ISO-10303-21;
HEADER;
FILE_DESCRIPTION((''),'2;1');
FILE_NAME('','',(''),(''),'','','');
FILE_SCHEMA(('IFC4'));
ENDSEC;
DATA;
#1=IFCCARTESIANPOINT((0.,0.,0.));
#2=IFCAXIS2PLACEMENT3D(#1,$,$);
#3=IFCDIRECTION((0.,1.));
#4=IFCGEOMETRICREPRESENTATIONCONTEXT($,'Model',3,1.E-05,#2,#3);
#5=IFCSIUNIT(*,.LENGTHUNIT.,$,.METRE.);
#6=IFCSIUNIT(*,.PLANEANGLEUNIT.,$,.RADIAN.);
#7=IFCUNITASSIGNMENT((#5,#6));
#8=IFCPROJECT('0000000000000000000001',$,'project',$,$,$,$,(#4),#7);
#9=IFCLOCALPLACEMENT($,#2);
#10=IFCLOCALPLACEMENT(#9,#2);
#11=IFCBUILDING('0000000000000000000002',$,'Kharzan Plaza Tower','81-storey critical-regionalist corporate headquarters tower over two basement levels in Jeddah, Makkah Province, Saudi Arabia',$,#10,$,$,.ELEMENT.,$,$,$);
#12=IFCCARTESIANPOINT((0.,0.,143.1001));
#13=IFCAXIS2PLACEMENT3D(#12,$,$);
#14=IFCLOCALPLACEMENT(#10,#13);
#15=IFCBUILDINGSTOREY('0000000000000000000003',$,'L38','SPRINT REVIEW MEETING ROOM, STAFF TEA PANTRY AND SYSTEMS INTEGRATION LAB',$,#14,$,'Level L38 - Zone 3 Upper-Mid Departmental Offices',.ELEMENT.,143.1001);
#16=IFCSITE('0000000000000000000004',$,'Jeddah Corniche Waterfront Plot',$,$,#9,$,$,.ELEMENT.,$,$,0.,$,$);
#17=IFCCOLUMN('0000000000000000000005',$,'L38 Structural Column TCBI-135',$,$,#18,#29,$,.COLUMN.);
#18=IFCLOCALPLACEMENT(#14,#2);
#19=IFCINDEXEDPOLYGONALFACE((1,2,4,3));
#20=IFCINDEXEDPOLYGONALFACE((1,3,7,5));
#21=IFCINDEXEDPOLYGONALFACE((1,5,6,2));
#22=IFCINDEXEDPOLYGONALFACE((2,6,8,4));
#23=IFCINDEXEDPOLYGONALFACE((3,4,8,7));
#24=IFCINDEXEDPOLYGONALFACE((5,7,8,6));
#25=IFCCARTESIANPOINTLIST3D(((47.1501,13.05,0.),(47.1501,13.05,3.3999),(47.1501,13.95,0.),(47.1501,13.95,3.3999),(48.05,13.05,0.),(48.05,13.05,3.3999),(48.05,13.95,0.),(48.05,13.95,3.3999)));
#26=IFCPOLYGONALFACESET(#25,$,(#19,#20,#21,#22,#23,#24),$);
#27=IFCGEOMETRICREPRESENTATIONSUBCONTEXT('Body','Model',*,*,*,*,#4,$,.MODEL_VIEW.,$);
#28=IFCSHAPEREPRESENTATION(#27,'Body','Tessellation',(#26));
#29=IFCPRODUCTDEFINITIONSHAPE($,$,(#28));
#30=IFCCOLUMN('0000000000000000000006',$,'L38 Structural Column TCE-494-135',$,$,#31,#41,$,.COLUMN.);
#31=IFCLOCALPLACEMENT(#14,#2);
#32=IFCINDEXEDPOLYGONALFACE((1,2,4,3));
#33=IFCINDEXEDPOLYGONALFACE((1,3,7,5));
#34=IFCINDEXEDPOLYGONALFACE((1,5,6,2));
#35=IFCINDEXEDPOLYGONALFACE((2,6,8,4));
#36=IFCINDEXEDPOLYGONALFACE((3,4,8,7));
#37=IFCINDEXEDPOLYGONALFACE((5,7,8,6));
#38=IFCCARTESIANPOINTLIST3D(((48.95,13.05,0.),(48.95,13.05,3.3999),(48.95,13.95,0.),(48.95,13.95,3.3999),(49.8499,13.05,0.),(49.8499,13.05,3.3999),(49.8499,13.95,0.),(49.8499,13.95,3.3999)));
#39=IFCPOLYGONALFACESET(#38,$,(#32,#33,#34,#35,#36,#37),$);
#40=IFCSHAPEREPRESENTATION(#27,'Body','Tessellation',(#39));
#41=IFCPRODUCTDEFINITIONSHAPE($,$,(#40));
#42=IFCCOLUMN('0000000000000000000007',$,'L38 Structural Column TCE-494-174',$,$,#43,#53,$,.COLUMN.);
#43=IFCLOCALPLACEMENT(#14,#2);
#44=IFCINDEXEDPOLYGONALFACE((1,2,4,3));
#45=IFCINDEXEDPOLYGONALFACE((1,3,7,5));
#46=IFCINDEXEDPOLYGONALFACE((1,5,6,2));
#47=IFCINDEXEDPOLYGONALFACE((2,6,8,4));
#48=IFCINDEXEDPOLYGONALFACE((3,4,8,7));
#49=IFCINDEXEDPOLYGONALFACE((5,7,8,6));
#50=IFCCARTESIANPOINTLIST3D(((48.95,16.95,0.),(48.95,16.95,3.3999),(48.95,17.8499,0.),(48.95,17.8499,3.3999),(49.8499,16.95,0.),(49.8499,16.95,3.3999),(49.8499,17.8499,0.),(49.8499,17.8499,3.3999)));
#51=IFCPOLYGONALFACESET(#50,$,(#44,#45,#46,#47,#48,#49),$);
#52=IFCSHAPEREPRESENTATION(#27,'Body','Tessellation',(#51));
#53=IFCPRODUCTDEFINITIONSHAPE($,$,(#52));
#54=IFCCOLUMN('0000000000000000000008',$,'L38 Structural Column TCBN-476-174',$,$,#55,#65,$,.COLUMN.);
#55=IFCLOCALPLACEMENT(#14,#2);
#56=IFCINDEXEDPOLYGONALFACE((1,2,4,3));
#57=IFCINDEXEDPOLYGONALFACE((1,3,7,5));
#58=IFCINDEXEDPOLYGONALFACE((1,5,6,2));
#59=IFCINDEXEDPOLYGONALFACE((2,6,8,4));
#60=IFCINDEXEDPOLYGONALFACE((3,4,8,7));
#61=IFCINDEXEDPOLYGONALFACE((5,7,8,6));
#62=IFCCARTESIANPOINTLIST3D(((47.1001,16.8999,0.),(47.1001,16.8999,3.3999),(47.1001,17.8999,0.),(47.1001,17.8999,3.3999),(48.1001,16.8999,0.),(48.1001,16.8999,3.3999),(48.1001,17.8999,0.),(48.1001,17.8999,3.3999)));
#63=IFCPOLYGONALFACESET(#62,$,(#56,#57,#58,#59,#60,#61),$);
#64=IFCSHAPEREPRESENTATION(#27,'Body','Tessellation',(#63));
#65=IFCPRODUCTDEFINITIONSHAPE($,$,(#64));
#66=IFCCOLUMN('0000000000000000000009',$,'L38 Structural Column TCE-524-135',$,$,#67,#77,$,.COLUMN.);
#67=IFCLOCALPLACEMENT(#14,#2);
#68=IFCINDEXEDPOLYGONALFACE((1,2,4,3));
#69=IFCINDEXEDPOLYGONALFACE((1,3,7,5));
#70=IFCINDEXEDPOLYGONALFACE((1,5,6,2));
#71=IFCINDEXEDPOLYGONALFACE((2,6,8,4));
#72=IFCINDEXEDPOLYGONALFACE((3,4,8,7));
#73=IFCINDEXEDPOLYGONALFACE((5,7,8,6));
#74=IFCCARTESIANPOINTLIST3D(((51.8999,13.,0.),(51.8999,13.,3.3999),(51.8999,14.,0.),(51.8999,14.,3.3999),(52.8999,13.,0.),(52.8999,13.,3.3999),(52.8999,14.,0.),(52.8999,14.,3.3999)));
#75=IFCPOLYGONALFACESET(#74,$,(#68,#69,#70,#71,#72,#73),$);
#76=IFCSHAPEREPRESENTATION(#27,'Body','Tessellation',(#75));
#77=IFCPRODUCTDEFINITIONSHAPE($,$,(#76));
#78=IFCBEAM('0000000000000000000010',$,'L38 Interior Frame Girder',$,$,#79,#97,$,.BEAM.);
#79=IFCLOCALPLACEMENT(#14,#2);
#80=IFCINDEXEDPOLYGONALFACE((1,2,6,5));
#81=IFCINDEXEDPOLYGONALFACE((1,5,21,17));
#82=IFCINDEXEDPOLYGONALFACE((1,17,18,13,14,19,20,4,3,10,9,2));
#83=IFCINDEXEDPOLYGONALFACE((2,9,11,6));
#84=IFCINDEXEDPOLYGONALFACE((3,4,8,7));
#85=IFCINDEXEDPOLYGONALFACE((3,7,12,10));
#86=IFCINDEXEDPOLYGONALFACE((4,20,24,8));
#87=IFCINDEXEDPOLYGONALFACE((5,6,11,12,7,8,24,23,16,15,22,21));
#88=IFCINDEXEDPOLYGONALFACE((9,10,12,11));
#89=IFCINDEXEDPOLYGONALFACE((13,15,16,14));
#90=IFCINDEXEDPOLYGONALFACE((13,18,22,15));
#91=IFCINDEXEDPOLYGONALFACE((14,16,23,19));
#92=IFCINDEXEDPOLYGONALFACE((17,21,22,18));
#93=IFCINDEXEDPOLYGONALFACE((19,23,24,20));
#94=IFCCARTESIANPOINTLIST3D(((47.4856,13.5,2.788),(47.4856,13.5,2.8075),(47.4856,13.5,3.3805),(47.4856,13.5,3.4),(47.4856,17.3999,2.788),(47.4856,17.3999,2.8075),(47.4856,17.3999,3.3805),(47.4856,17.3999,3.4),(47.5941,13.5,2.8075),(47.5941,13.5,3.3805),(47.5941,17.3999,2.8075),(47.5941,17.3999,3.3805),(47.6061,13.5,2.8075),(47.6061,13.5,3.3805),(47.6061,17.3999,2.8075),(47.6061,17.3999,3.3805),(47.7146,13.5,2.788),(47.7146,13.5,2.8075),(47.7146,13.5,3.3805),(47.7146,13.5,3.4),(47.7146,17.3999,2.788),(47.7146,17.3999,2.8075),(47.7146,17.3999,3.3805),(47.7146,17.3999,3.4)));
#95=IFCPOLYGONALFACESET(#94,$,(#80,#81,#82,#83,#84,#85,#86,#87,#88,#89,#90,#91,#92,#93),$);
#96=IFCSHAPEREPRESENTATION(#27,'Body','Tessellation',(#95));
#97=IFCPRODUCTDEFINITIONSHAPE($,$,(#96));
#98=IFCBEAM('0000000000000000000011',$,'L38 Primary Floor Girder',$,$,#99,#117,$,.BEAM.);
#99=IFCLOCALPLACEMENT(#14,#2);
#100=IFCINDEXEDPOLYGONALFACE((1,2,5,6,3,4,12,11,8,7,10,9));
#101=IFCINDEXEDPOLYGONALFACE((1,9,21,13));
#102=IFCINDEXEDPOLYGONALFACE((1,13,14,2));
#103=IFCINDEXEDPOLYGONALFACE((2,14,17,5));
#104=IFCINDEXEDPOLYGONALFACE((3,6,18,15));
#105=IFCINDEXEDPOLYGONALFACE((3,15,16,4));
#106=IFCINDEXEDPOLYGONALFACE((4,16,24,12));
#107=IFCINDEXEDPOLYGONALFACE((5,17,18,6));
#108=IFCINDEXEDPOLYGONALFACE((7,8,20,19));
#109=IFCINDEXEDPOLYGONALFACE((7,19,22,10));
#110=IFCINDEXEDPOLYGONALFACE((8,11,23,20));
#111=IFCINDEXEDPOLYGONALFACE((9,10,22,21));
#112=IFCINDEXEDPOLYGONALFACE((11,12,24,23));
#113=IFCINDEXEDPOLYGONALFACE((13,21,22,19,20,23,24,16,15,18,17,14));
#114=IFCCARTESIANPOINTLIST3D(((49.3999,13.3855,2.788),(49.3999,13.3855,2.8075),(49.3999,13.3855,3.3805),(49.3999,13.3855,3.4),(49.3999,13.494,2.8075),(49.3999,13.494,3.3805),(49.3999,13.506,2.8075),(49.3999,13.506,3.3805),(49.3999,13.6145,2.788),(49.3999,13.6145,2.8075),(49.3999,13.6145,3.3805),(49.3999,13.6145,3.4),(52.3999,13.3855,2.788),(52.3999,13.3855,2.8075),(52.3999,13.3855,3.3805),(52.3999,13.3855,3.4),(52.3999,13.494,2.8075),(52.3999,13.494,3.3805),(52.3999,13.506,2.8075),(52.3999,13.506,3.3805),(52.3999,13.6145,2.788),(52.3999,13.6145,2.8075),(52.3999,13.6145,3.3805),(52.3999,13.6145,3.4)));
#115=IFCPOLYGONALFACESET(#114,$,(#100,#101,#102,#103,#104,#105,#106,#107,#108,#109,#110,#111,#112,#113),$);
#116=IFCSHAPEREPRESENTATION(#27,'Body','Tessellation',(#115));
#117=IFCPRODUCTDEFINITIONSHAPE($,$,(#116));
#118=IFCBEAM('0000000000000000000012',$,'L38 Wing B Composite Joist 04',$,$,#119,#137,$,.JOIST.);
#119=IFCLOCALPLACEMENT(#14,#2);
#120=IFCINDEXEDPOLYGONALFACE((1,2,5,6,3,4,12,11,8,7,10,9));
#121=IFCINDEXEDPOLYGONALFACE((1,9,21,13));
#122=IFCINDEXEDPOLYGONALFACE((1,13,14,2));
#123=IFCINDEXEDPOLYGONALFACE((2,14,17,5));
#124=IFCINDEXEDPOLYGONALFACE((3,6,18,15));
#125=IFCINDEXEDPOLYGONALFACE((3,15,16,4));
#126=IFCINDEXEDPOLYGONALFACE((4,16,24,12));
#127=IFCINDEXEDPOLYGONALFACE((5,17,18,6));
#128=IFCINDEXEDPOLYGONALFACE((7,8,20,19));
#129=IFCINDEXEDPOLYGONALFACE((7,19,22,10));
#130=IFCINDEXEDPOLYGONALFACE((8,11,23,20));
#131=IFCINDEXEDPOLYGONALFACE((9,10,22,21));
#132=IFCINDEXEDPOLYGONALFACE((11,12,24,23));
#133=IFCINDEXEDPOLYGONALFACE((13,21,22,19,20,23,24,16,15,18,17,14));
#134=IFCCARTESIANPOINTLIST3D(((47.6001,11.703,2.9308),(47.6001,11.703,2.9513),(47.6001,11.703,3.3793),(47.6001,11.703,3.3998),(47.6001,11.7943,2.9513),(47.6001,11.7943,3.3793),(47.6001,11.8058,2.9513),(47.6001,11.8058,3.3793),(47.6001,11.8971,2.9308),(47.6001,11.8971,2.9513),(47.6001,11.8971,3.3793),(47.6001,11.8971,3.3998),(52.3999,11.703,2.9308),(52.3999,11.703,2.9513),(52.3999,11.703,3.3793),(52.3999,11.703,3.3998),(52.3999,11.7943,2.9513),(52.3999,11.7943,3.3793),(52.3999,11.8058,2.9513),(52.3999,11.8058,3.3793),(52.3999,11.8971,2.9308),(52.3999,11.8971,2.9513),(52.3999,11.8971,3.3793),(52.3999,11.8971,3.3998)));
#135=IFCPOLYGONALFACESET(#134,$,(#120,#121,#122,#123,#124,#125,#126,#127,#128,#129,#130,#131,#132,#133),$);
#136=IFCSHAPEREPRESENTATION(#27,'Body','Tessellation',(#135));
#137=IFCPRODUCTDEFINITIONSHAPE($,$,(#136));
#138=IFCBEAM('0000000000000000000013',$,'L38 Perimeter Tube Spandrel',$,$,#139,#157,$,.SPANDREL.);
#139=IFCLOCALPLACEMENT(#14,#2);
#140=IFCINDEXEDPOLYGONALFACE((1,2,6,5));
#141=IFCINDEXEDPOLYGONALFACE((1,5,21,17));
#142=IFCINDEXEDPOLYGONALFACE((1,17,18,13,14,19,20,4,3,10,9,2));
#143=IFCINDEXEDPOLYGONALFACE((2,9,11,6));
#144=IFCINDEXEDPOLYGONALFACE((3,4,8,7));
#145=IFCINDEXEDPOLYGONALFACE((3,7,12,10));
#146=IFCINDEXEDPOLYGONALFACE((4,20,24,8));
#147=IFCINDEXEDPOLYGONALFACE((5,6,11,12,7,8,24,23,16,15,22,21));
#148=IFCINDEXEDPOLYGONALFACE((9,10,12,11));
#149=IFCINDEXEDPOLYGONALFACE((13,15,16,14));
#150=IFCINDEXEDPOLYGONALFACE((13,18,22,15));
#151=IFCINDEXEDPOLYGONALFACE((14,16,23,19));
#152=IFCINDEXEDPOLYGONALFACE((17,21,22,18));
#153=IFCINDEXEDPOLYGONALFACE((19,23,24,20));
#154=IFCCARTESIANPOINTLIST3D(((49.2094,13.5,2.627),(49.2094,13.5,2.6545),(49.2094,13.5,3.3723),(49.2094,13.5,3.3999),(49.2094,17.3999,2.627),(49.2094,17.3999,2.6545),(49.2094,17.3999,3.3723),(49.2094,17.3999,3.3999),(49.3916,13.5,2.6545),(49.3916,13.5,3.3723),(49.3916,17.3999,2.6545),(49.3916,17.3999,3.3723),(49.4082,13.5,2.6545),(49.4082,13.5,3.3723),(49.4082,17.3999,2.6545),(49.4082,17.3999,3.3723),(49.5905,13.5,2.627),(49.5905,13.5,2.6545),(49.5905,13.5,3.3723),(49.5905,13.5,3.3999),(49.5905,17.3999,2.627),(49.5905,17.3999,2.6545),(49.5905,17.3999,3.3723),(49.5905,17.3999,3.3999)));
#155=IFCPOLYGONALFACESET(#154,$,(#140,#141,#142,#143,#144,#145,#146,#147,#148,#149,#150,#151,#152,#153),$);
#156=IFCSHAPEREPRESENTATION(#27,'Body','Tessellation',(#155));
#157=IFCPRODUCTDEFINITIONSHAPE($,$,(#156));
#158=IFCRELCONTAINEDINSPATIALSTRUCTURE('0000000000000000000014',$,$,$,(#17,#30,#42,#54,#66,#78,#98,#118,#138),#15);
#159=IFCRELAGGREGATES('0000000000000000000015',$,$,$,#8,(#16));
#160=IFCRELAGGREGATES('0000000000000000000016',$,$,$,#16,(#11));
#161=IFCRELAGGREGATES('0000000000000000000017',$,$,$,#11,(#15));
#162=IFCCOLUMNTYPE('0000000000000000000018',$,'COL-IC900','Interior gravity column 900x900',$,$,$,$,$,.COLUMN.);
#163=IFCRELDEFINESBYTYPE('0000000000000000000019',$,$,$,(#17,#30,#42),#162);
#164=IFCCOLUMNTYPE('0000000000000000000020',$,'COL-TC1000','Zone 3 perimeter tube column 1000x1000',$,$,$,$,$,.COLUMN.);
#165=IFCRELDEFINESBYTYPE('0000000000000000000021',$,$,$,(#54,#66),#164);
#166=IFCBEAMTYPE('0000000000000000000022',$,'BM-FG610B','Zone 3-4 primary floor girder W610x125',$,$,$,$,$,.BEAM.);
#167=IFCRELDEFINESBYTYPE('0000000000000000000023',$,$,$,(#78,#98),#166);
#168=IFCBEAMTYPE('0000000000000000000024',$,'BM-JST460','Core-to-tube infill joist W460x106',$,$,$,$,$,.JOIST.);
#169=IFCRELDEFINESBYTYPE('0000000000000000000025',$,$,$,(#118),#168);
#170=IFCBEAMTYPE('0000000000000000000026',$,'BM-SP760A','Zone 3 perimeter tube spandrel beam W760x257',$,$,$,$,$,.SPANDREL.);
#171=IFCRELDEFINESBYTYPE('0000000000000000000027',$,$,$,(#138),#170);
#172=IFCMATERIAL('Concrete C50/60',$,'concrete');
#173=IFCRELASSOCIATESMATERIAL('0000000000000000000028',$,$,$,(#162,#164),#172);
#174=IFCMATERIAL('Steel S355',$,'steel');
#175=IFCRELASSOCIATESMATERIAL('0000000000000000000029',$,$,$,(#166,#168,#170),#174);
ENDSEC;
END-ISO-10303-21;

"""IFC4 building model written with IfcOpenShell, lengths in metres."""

from ifc_helpers import new_model, si_unit, direction, frame, origin, origin_2d, place, context, subcontext, project, spatial, rectangle, i_section, extrude, source, transform, mapped, material, material_profile, profile_set, type_object, element, save


model = new_model("IFC4")

# Units and contexts
model_context = context("Model", 3, precision=1e-05, world=origin(), true_north=direction((0.0, 1.0)))
body_context = subcontext(model_context, "Body", "Model", "MODEL_VIEW")
ifc_project = project(units=[si_unit("LENGTHUNIT", "METRE"), si_unit("PLANEANGLEUNIT", "RADIAN")], contexts=[model_context])

# Site, building, storey
site_placement = place(None, origin())
site = spatial("IfcSite", under=ifc_project, at=site_placement, Name="Jeddah Corniche Waterfront Plot", CompositionType="ELEMENT", RefElevation=0.0)
building_placement = place(site_placement, origin())
building = spatial("IfcBuilding", under=site, at=building_placement, Name="Kharzan Plaza Tower", Description="81-storey critical-regionalist corporate headquarters tower over two basement levels in Jeddah, Makkah Province, Saudi Arabia", CompositionType="ELEMENT")
storey_placement = place(building_placement, frame((0.0, 0.0, 143.1001)))
storey = spatial("IfcBuildingStorey", under=building, at=storey_placement, Name="L38", Description="SPRINT REVIEW MEETING ROOM, STAFF TEA PANTRY AND SYSTEMS INTEGRATION LAB", LongName="Level L38 - Zone 3 Upper-Mid Departmental Offices", CompositionType="ELEMENT", Elevation=143.1001)

# Columns
ifc_material_1 = material(Name="Concrete C50/60", Category="concrete")
ifc_material_profile_1 = material_profile(ifc_material_1, rectangle(XDim=0.8999, YDim=0.8999, at=origin_2d()), Name="RC-IC900x900")
ifc_profile_set_1 = profile_set([ifc_material_profile_1], Name="Concrete C50/60")
column_type_1 = type_object("IfcColumnType", Name="COL-IC900", Description="Interior gravity column 900x900", PredefinedType="COLUMN", material=ifc_profile_set_1)
shared_shape_1 = source(origin(), body_context, "Body", "SweptSolid", [
    extrude(rectangle(XDim=0.8999, YDim=0.8999, at=origin_2d()), origin(), (0.0, 0.0, 1.0), 3.3999),
])
for number, where, z_axis, x_axis, name in (
    (1, (47.6001, 13.5, 0.0), (0.0, 0.0, 1.0), (1.0, 0.0, 0.0), "L38 Structural Column TCBI-135"),
    (2, (49.3999, 13.5, 0.0), (0.0, 0.0, 1.0), (1.0, 0.0, 0.0), "L38 Structural Column TCE-494-135"),
    (3, (49.3999, 17.3999, 0.0), (0.0, 0.0, 1.0), (1.0, 0.0, 0.0), "L38 Structural Column TCE-494-174"),
):
    element("IfcColumn", number, at=place(storey_placement, frame(where, z_axis=z_axis, x_axis=x_axis)), inside=storey, type_object=column_type_1, Name=name, PredefinedType="COLUMN", context=body_context, shape_type="MappedRepresentation", body=[
        mapped(shared_shape_1, transform((0.0, 0.0, 0.0), x_axis=(1.0, 0.0, 0.0), y_axis=(0.0, 1.0, 0.0), z_axis=(0.0, 0.0, 1.0))),
    ])
ifc_material_profile_2 = material_profile(ifc_material_1, rectangle(XDim=1.0, YDim=1.0, at=origin_2d()), Name="RC-TC1000x1000")
ifc_profile_set_2 = profile_set([ifc_material_profile_2], Name="Concrete C50/60")
column_type_2 = type_object("IfcColumnType", Name="COL-TC1000", Description="Zone 3 perimeter tube column 1000x1000", PredefinedType="COLUMN", material=ifc_profile_set_2)
shared_shape_2 = source(origin(), body_context, "Body", "SweptSolid", [
    extrude(rectangle(XDim=1.0, YDim=1.0, at=origin_2d()), origin(), (0.0, 0.0, 1.0), 3.3999),
])
for number, where, z_axis, x_axis, name in (
    (4, (47.6001, 17.3999, 0.0), (0.0, 0.0, 1.0), (1.0, 0.0, 0.0), "L38 Structural Column TCBN-476-174"),
    (5, (52.3999, 13.5, 0.0), (0.0, 0.0, 1.0), (1.0, 0.0, 0.0), "L38 Structural Column TCE-524-135"),
):
    element("IfcColumn", number, at=place(storey_placement, frame(where, z_axis=z_axis, x_axis=x_axis)), inside=storey, type_object=column_type_2, Name=name, PredefinedType="COLUMN", context=body_context, shape_type="MappedRepresentation", body=[
        mapped(shared_shape_2, transform((0.0, 0.0, 0.0), x_axis=(1.0, 0.0, 0.0), y_axis=(0.0, 1.0, 0.0), z_axis=(0.0, 0.0, 1.0))),
    ])

# Beams
ifc_material_2 = material(Name="Steel S355", Category="steel")
ifc_material_profile_3 = material_profile(ifc_material_2, i_section(OverallWidth=0.229, OverallDepth=0.6121, WebThickness=0.012, FlangeThickness=0.0195, at=origin_2d()), Name="W610x125")
ifc_profile_set_3 = profile_set([ifc_material_profile_3], Name="Steel S355")
beam_type_1 = type_object("IfcBeamType", Name="BM-FG610B", Description="Zone 3-4 primary floor girder W610x125", PredefinedType="BEAM", material=ifc_profile_set_3)
shared_shape_3 = source(origin(), body_context, "Body", "SweptSolid", [
    extrude(i_section(OverallWidth=0.229, OverallDepth=0.6121, WebThickness=0.012, FlangeThickness=0.0195, at=origin_2d()), origin(), (0.0, 0.0, 1.0), 3.8999),
])
beam_1_placement = place(storey_placement, frame((47.6001, 13.5, 3.094), z_axis=(0.0, 1.0, 0.0), x_axis=(-1.0, 0.0, 0.0)))
element("IfcBeam", 6, at=beam_1_placement, inside=storey, type_object=beam_type_1, Name="L38 Interior Frame Girder", PredefinedType="BEAM", context=body_context, shape_type="MappedRepresentation", body=[
    mapped(shared_shape_3, transform((0.0, 0.0, 0.0), x_axis=(1.0, 0.0, 0.0), y_axis=(0.0, 1.0, 0.0), z_axis=(0.0, 0.0, 1.0))),
])
shared_shape_4 = source(origin(), body_context, "Body", "SweptSolid", [
    extrude(i_section(OverallWidth=0.229, OverallDepth=0.6121, WebThickness=0.012, FlangeThickness=0.0195, at=origin_2d()), origin(), (0.0, 0.0, 1.0), 3.0),
])
beam_2_placement = place(storey_placement, frame((49.3999, 13.5, 3.094), z_axis=(1.0, 0.0, 0.0), x_axis=(0.0, 1.0, 0.0)))
element("IfcBeam", 7, at=beam_2_placement, inside=storey, type_object=beam_type_1, Name="L38 Primary Floor Girder", PredefinedType="BEAM", context=body_context, shape_type="MappedRepresentation", body=[
    mapped(shared_shape_4, transform((0.0, 0.0, 0.0), x_axis=(1.0, 0.0, 0.0), y_axis=(0.0, 1.0, 0.0), z_axis=(0.0, 0.0, 1.0))),
])
ifc_material_profile_4 = material_profile(ifc_material_2, i_section(OverallWidth=0.1941, OverallDepth=0.469, WebThickness=0.0115, FlangeThickness=0.0205, at=origin_2d()), Name="W460x106")
ifc_profile_set_4 = profile_set([ifc_material_profile_4], Name="Steel S355")
beam_type_2 = type_object("IfcBeamType", Name="BM-JST460", Description="Core-to-tube infill joist W460x106", PredefinedType="JOIST", material=ifc_profile_set_4)
shared_shape_5 = source(origin(), body_context, "Body", "SweptSolid", [
    extrude(i_section(OverallWidth=0.1941, OverallDepth=0.469, WebThickness=0.0115, FlangeThickness=0.0205, at=origin_2d()), origin(), (0.0, 0.0, 1.0), 4.7998),
])
beam_3_placement = place(storey_placement, frame((47.6001, 11.8, 3.1653), z_axis=(1.0, 0.0, 0.0), x_axis=(0.0, 1.0, 0.0)))
element("IfcBeam", 8, at=beam_3_placement, inside=storey, type_object=beam_type_2, Name="L38 Wing B Composite Joist 04", PredefinedType="JOIST", context=body_context, shape_type="MappedRepresentation", body=[
    mapped(shared_shape_5, transform((0.0, 0.0, 0.0), x_axis=(1.0, 0.0, 0.0), y_axis=(0.0, 1.0, 0.0), z_axis=(0.0, 0.0, 1.0))),
])
ifc_material_profile_5 = material_profile(ifc_material_2, i_section(OverallWidth=0.3811, OverallDepth=0.7729, WebThickness=0.0166, FlangeThickness=0.0276, at=origin_2d()), Name="W760x257")
ifc_profile_set_5 = profile_set([ifc_material_profile_5], Name="Steel S355")
beam_type_3 = type_object("IfcBeamType", Name="BM-SP760A", Description="Zone 3 perimeter tube spandrel beam W760x257", PredefinedType="SPANDREL", material=ifc_profile_set_5)
shared_shape_6 = source(origin(), body_context, "Body", "SweptSolid", [
    extrude(i_section(OverallWidth=0.3811, OverallDepth=0.7729, WebThickness=0.0166, FlangeThickness=0.0276, at=origin_2d()), origin(), (0.0, 0.0, 1.0), 3.8999),
])
beam_4_placement = place(storey_placement, frame((49.3999, 13.5, 3.0134), z_axis=(0.0, 1.0, 0.0), x_axis=(-1.0, 0.0, 0.0)))
element("IfcBeam", 9, at=beam_4_placement, inside=storey, type_object=beam_type_3, Name="L38 Perimeter Tube Spandrel", PredefinedType="SPANDREL", context=body_context, shape_type="MappedRepresentation", body=[
    mapped(shared_shape_6, transform((0.0, 0.0, 0.0), x_axis=(1.0, 0.0, 0.0), y_axis=(0.0, 1.0, 0.0), z_axis=(0.0, 0.0, 1.0))),
])

save(model, "model.ifc")
